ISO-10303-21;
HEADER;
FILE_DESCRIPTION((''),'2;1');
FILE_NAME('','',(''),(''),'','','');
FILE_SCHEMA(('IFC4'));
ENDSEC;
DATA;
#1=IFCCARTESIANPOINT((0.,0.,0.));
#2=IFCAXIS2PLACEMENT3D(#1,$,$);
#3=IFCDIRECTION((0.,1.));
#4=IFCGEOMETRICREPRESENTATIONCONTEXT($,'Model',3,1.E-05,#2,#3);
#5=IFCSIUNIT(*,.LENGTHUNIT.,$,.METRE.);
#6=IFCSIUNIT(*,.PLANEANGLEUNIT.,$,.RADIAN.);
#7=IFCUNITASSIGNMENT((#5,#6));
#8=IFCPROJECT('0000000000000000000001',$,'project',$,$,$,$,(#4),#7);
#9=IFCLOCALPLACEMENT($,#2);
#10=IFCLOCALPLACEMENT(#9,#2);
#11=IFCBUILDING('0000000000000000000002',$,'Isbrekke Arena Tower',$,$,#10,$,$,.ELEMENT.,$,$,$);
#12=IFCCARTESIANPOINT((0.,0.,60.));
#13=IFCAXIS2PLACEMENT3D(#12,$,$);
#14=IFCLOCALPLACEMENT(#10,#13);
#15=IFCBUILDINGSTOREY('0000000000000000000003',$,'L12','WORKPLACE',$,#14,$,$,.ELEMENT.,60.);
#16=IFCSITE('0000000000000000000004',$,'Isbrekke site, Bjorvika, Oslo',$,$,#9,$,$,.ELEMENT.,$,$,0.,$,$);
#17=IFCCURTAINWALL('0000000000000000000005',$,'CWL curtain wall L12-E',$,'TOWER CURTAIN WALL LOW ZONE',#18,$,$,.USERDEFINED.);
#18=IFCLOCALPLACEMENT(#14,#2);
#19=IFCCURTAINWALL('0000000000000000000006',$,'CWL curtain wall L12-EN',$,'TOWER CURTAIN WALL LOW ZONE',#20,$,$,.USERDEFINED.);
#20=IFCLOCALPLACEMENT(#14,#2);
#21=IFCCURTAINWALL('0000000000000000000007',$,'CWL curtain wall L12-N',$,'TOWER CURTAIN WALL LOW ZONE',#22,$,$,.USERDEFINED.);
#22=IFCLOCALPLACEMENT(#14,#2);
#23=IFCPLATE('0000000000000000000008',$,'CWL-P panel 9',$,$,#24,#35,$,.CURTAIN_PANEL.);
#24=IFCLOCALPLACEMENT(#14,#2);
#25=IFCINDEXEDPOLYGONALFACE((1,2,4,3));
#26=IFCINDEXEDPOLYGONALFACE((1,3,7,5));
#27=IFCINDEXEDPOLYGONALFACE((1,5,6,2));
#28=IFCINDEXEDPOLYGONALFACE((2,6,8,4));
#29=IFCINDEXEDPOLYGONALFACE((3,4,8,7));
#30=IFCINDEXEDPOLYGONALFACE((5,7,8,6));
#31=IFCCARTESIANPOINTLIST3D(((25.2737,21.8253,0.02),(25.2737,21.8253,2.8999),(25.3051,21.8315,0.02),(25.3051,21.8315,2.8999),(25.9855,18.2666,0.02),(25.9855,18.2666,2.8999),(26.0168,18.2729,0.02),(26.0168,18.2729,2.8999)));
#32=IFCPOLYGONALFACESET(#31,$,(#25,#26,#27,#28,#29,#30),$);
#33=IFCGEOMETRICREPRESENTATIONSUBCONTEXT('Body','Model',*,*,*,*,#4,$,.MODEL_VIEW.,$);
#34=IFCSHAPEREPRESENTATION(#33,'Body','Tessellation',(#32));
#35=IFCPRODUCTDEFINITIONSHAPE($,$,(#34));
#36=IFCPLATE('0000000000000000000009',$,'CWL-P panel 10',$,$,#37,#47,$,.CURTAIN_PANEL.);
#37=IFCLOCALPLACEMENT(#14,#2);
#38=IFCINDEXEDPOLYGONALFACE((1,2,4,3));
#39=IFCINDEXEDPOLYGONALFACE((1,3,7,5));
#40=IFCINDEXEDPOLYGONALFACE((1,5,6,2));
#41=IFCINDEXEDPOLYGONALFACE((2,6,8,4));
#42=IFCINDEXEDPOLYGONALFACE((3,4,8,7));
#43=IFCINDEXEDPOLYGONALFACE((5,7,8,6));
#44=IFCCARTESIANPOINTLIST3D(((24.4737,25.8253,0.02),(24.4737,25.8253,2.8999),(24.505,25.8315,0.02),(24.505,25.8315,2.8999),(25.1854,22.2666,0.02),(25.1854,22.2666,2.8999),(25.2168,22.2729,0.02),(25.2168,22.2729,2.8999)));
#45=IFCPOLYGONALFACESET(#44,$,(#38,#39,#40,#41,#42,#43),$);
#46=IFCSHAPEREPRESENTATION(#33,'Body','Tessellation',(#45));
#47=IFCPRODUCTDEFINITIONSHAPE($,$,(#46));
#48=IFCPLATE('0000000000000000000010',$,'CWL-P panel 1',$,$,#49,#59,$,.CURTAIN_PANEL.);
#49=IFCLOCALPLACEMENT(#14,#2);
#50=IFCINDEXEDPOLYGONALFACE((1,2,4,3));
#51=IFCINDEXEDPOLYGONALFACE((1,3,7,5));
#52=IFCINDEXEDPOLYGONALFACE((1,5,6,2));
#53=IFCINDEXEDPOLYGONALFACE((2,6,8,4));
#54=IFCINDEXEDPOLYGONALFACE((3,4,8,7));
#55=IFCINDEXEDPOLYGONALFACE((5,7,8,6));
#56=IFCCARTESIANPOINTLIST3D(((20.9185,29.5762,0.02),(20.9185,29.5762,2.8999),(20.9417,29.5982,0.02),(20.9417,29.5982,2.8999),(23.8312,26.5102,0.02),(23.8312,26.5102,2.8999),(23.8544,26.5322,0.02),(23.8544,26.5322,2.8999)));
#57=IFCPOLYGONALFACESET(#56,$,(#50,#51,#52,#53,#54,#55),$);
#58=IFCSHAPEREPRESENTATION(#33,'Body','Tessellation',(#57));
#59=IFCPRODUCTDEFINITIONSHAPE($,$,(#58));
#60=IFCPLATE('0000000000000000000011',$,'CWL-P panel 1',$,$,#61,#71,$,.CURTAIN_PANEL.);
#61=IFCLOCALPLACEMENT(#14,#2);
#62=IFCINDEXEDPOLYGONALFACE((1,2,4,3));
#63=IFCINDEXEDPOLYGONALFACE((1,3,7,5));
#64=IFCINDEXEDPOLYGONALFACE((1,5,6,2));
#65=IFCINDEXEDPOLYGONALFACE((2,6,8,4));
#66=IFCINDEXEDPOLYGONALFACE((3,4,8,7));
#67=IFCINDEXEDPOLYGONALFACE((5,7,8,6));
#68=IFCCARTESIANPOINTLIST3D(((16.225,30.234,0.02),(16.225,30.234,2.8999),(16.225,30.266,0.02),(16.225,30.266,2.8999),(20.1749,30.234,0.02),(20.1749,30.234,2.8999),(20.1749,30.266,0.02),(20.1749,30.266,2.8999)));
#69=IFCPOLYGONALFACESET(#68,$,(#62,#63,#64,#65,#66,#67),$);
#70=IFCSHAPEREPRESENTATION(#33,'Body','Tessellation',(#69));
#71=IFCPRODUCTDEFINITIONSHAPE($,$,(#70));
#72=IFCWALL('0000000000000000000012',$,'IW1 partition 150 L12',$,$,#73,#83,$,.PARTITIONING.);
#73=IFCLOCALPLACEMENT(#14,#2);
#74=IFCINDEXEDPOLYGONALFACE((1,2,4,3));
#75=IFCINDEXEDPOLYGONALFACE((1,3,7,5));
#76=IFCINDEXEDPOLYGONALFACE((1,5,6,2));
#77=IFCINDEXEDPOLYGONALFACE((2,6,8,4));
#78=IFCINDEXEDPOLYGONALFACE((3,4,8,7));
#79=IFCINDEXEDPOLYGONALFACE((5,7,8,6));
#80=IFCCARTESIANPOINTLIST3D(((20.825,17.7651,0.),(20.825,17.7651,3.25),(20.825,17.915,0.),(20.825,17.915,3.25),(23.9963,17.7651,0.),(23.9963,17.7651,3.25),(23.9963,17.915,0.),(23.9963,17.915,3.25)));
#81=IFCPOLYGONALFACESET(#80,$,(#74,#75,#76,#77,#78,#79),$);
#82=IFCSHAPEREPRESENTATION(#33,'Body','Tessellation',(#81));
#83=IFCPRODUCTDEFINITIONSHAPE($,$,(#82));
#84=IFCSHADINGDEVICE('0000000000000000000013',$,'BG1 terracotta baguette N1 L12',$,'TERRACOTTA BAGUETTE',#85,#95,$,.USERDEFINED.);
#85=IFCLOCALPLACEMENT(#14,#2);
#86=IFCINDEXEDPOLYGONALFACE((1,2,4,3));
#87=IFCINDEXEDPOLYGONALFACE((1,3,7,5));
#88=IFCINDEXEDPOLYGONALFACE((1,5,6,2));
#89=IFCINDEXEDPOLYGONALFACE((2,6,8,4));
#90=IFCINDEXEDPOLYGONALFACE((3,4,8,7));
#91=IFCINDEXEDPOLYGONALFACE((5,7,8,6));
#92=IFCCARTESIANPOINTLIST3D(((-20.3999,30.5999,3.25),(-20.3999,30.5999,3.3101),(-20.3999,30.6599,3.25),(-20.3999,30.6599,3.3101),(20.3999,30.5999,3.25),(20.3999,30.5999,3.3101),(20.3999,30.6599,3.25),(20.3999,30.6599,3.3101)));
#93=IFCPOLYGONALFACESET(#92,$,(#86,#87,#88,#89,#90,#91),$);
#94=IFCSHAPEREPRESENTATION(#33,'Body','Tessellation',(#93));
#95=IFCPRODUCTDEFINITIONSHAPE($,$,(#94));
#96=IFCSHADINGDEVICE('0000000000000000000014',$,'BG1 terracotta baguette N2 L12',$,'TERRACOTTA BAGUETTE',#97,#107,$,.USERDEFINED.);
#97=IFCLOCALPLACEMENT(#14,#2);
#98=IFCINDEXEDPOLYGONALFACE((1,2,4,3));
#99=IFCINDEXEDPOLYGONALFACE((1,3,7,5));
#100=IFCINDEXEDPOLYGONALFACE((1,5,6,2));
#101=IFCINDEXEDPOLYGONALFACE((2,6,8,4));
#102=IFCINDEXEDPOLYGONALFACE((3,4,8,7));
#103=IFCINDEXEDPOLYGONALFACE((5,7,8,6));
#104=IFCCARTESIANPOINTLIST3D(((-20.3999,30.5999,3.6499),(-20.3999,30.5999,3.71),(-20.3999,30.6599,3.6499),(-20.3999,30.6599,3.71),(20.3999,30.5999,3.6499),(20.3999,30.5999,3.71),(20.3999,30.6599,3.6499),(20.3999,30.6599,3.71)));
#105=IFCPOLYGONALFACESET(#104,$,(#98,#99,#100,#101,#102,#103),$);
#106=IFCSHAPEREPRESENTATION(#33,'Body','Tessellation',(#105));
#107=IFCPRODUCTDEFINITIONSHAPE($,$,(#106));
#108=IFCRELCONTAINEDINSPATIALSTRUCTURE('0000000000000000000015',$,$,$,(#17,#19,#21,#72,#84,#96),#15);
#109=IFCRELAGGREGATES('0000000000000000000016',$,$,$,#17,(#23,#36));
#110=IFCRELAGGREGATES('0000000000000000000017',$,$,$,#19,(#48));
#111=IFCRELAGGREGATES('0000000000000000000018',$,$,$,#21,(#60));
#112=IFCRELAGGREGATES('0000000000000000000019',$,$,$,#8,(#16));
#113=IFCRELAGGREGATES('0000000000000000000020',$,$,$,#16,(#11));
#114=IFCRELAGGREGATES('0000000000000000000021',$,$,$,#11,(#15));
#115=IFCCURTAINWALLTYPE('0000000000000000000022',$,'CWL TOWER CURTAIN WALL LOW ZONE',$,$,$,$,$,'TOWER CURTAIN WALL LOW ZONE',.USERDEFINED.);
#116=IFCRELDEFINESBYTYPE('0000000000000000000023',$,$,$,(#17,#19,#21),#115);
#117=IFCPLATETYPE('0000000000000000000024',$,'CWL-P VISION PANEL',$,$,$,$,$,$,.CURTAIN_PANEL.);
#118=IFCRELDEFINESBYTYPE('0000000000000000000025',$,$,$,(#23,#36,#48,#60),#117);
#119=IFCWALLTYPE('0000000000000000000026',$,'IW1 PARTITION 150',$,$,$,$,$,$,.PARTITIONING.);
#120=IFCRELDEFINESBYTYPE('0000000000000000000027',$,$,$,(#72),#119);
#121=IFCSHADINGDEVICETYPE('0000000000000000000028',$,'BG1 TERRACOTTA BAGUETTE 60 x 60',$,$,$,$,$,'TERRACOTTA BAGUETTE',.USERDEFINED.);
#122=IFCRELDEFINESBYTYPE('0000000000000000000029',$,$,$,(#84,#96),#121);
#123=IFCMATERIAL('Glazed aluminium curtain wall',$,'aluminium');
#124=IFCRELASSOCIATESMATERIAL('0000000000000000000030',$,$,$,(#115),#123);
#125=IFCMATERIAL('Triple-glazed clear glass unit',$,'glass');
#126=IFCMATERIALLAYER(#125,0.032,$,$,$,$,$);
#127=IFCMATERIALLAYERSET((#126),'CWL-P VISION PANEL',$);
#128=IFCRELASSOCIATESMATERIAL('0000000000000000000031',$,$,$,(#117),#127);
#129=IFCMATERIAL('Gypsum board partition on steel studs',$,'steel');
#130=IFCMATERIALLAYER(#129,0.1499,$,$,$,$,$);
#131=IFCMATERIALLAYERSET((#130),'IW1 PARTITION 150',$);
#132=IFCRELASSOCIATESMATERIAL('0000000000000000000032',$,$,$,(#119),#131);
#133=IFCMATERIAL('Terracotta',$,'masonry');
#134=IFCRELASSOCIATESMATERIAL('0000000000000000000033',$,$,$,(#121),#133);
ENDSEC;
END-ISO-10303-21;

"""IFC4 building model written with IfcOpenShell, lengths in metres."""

from ifc_helpers import new_model, si_unit, direction, frame, frame_2d, origin, origin_2d, place, context, subcontext, project, spatial, rectangle, extrude, material, layer, layer_set, material_profile, profile_set, type_object, element, aggregate, save


model = new_model("IFC4")

# Units and contexts
model_context = context("Model", 3, precision=1e-05, world=origin(), true_north=direction((0.0, 1.0)))
body_context = subcontext(model_context, "Body", "Model", "MODEL_VIEW")
ifc_project = project(units=[si_unit("LENGTHUNIT", "METRE"), si_unit("PLANEANGLEUNIT", "RADIAN")], contexts=[model_context])

# Site, building, storey
site_placement = place(None, origin())
site = spatial("IfcSite", under=ifc_project, at=site_placement, Name="Isbrekke site, Bjorvika, Oslo", CompositionType="ELEMENT", RefElevation=0.0)
building_placement = place(site_placement, origin())
building = spatial("IfcBuilding", under=site, at=building_placement, Name="Isbrekke Arena Tower", CompositionType="ELEMENT")
storey_placement = place(building_placement, frame((0.0, 0.0, 60.0)))
storey = spatial("IfcBuildingStorey", under=building, at=storey_placement, Name="L12", Description="WORKPLACE", CompositionType="ELEMENT", Elevation=60.0)

# Curtain walls
ifc_material_1 = material(Name="Glazed aluminium curtain wall", Category="aluminium")
curtain_wall_type = type_object("IfcCurtainWallType", Name="CWL TOWER CURTAIN WALL LOW ZONE", ElementType="TOWER CURTAIN WALL LOW ZONE", PredefinedType="USERDEFINED", material=ifc_material_1)
curtain_wall_1_placement = place(storey_placement, origin())
curtain_wall_1 = element("IfcCurtainWall", 1, at=curtain_wall_1_placement, inside=storey, type_object=curtain_wall_type, Name="CWL curtain wall L12-E", ObjectType="TOWER CURTAIN WALL LOW ZONE", PredefinedType="USERDEFINED")
curtain_wall_2_placement = place(storey_placement, origin())
curtain_wall_2 = element("IfcCurtainWall", 2, at=curtain_wall_2_placement, inside=storey, type_object=curtain_wall_type, Name="CWL curtain wall L12-EN", ObjectType="TOWER CURTAIN WALL LOW ZONE", PredefinedType="USERDEFINED")

# Curtain wall
curtain_wall_3_placement = place(storey_placement, origin())
curtain_wall_3 = element("IfcCurtainWall", 3, at=curtain_wall_3_placement, inside=storey, type_object=curtain_wall_type, Name="CWL curtain wall L12-N", ObjectType="TOWER CURTAIN WALL LOW ZONE", PredefinedType="USERDEFINED")

# Plates
ifc_material_2 = material(Name="Triple-glazed clear glass unit", Category="glass")
ifc_layer_1 = layer(ifc_material_2, 0.032)
ifc_layer_set_1 = layer_set([ifc_layer_1], Name="CWL-P VISION PANEL")
plate_type = type_object("IfcPlateType", Name="CWL-P VISION PANEL", PredefinedType="CURTAIN_PANEL", material=ifc_layer_set_1)
plate_1_placement = place(storey_placement, frame((25.6453, 20.0491, 0.02), z_axis=(0.0, 0.0, 1.0), x_axis=(-0.196116, 0.980581, 0.0)))
plate_1 = element("IfcPlate", 4, at=plate_1_placement, type_object=plate_type, Name="CWL-P panel 9", PredefinedType="CURTAIN_PANEL", context=body_context, shape_type="SweptSolid", body=[
    extrude(rectangle(XDim=3.6292, YDim=0.032, at=origin_2d()), origin(), (0.0, 0.0, 1.0), 2.8799),
])
plate_2_placement = place(storey_placement, frame((24.8452, 24.0491, 0.02), z_axis=(0.0, 0.0, 1.0), x_axis=(-0.196116, 0.980581, 0.0)))
plate_2 = element("IfcPlate", 5, at=plate_2_placement, type_object=plate_type, Name="CWL-P panel 10", PredefinedType="CURTAIN_PANEL", context=body_context, shape_type="SweptSolid", body=[
    extrude(rectangle(XDim=3.6292, YDim=0.032, at=origin_2d()), origin(), (0.0, 0.0, 1.0), 2.8799),
])
aggregate(curtain_wall_1, [plate_1, plate_2])
plate_3_placement = place(storey_placement, frame((22.3865, 28.0542, 0.02), z_axis=(0.0, 0.0, 1.0), x_axis=(-0.688749, 0.724999, 0.0)))
plate_3 = element("IfcPlate", 6, at=plate_3_placement, type_object=plate_type, Name="CWL-P panel 1", PredefinedType="CURTAIN_PANEL", context=body_context, shape_type="SweptSolid", body=[
    extrude(rectangle(XDim=4.229, YDim=0.032, at=origin_2d()), origin(), (0.0, 0.0, 1.0), 2.8799),
])
aggregate(curtain_wall_2, [plate_3])
plate_4_placement = place(storey_placement, frame((18.2, 30.25, 0.02), z_axis=(0.0, 0.0, 1.0), x_axis=(-1.0, 0.0, 0.0)))
plate_4 = element("IfcPlate", 7, at=plate_4_placement, type_object=plate_type, Name="CWL-P panel 1", PredefinedType="CURTAIN_PANEL", context=body_context, shape_type="SweptSolid", body=[
    extrude(rectangle(XDim=3.95, YDim=0.032, at=origin_2d()), origin(), (0.0, 0.0, 1.0), 2.8799),
])
aggregate(curtain_wall_3, [plate_4])

# Wall
ifc_material_3 = material(Name="Gypsum board partition on steel studs", Category="steel")
ifc_layer_2 = layer(ifc_material_3, 0.1499)
ifc_layer_set_2 = layer_set([ifc_layer_2], Name="IW1 PARTITION 150")
wall_type = type_object("IfcWallType", Name="IW1 PARTITION 150", PredefinedType="PARTITIONING", material=ifc_layer_set_2)
wall_placement = place(storey_placement, frame((20.825, 17.8401, 0.0), z_axis=(0.0, 0.0, 1.0), x_axis=(1.0, 0.0, 0.0)))
element("IfcWall", 8, at=wall_placement, inside=storey, type_object=wall_type, Name="IW1 partition 150 L12", PredefinedType="PARTITIONING", context=body_context, shape_type="SweptSolid", body=[
    extrude(rectangle(XDim=3.1714, YDim=0.1499, at=frame_2d((1.5857, 0.0))), origin(), (0.0, 0.0, 1.0), 3.25),
])

# Shading devices
ifc_material_4 = material(Name="Terracotta", Category="masonry")
ifc_material_profile_1 = material_profile(ifc_material_4, rectangle(XDim=0.0601, YDim=0.0601, at=origin_2d()), Name="BAGUETTE 60X60")
ifc_profile_set_1 = profile_set([ifc_material_profile_1], Name="Terracotta")
shading_device_type = type_object("IfcShadingDeviceType", Name="BG1 TERRACOTTA BAGUETTE 60 x 60", ElementType="TERRACOTTA BAGUETTE", PredefinedType="USERDEFINED", material=ifc_profile_set_1)
for number, where, z_axis, x_axis, name in (
    (9, (20.3999, 30.6299, 3.28), (-1.0, 0.0, 0.0), (0.0, -1.0, 0.0), "BG1 terracotta baguette N1 L12"),
    (10, (20.3999, 30.6299, 3.6799), (-1.0, 0.0, 0.0), (0.0, -1.0, 0.0), "BG1 terracotta baguette N2 L12"),
):
    element("IfcShadingDevice", number, at=place(storey_placement, frame(where, z_axis=z_axis, x_axis=x_axis)), inside=storey, type_object=shading_device_type, Name=name, ObjectType="TERRACOTTA BAGUETTE", PredefinedType="USERDEFINED", context=body_context, shape_type="SweptSolid", body=[
        extrude(rectangle(XDim=0.0601, YDim=0.0601, at=origin_2d()), origin(), (0.0, 0.0, 1.0), 40.7998),
    ])

save(model, "model.ifc")
